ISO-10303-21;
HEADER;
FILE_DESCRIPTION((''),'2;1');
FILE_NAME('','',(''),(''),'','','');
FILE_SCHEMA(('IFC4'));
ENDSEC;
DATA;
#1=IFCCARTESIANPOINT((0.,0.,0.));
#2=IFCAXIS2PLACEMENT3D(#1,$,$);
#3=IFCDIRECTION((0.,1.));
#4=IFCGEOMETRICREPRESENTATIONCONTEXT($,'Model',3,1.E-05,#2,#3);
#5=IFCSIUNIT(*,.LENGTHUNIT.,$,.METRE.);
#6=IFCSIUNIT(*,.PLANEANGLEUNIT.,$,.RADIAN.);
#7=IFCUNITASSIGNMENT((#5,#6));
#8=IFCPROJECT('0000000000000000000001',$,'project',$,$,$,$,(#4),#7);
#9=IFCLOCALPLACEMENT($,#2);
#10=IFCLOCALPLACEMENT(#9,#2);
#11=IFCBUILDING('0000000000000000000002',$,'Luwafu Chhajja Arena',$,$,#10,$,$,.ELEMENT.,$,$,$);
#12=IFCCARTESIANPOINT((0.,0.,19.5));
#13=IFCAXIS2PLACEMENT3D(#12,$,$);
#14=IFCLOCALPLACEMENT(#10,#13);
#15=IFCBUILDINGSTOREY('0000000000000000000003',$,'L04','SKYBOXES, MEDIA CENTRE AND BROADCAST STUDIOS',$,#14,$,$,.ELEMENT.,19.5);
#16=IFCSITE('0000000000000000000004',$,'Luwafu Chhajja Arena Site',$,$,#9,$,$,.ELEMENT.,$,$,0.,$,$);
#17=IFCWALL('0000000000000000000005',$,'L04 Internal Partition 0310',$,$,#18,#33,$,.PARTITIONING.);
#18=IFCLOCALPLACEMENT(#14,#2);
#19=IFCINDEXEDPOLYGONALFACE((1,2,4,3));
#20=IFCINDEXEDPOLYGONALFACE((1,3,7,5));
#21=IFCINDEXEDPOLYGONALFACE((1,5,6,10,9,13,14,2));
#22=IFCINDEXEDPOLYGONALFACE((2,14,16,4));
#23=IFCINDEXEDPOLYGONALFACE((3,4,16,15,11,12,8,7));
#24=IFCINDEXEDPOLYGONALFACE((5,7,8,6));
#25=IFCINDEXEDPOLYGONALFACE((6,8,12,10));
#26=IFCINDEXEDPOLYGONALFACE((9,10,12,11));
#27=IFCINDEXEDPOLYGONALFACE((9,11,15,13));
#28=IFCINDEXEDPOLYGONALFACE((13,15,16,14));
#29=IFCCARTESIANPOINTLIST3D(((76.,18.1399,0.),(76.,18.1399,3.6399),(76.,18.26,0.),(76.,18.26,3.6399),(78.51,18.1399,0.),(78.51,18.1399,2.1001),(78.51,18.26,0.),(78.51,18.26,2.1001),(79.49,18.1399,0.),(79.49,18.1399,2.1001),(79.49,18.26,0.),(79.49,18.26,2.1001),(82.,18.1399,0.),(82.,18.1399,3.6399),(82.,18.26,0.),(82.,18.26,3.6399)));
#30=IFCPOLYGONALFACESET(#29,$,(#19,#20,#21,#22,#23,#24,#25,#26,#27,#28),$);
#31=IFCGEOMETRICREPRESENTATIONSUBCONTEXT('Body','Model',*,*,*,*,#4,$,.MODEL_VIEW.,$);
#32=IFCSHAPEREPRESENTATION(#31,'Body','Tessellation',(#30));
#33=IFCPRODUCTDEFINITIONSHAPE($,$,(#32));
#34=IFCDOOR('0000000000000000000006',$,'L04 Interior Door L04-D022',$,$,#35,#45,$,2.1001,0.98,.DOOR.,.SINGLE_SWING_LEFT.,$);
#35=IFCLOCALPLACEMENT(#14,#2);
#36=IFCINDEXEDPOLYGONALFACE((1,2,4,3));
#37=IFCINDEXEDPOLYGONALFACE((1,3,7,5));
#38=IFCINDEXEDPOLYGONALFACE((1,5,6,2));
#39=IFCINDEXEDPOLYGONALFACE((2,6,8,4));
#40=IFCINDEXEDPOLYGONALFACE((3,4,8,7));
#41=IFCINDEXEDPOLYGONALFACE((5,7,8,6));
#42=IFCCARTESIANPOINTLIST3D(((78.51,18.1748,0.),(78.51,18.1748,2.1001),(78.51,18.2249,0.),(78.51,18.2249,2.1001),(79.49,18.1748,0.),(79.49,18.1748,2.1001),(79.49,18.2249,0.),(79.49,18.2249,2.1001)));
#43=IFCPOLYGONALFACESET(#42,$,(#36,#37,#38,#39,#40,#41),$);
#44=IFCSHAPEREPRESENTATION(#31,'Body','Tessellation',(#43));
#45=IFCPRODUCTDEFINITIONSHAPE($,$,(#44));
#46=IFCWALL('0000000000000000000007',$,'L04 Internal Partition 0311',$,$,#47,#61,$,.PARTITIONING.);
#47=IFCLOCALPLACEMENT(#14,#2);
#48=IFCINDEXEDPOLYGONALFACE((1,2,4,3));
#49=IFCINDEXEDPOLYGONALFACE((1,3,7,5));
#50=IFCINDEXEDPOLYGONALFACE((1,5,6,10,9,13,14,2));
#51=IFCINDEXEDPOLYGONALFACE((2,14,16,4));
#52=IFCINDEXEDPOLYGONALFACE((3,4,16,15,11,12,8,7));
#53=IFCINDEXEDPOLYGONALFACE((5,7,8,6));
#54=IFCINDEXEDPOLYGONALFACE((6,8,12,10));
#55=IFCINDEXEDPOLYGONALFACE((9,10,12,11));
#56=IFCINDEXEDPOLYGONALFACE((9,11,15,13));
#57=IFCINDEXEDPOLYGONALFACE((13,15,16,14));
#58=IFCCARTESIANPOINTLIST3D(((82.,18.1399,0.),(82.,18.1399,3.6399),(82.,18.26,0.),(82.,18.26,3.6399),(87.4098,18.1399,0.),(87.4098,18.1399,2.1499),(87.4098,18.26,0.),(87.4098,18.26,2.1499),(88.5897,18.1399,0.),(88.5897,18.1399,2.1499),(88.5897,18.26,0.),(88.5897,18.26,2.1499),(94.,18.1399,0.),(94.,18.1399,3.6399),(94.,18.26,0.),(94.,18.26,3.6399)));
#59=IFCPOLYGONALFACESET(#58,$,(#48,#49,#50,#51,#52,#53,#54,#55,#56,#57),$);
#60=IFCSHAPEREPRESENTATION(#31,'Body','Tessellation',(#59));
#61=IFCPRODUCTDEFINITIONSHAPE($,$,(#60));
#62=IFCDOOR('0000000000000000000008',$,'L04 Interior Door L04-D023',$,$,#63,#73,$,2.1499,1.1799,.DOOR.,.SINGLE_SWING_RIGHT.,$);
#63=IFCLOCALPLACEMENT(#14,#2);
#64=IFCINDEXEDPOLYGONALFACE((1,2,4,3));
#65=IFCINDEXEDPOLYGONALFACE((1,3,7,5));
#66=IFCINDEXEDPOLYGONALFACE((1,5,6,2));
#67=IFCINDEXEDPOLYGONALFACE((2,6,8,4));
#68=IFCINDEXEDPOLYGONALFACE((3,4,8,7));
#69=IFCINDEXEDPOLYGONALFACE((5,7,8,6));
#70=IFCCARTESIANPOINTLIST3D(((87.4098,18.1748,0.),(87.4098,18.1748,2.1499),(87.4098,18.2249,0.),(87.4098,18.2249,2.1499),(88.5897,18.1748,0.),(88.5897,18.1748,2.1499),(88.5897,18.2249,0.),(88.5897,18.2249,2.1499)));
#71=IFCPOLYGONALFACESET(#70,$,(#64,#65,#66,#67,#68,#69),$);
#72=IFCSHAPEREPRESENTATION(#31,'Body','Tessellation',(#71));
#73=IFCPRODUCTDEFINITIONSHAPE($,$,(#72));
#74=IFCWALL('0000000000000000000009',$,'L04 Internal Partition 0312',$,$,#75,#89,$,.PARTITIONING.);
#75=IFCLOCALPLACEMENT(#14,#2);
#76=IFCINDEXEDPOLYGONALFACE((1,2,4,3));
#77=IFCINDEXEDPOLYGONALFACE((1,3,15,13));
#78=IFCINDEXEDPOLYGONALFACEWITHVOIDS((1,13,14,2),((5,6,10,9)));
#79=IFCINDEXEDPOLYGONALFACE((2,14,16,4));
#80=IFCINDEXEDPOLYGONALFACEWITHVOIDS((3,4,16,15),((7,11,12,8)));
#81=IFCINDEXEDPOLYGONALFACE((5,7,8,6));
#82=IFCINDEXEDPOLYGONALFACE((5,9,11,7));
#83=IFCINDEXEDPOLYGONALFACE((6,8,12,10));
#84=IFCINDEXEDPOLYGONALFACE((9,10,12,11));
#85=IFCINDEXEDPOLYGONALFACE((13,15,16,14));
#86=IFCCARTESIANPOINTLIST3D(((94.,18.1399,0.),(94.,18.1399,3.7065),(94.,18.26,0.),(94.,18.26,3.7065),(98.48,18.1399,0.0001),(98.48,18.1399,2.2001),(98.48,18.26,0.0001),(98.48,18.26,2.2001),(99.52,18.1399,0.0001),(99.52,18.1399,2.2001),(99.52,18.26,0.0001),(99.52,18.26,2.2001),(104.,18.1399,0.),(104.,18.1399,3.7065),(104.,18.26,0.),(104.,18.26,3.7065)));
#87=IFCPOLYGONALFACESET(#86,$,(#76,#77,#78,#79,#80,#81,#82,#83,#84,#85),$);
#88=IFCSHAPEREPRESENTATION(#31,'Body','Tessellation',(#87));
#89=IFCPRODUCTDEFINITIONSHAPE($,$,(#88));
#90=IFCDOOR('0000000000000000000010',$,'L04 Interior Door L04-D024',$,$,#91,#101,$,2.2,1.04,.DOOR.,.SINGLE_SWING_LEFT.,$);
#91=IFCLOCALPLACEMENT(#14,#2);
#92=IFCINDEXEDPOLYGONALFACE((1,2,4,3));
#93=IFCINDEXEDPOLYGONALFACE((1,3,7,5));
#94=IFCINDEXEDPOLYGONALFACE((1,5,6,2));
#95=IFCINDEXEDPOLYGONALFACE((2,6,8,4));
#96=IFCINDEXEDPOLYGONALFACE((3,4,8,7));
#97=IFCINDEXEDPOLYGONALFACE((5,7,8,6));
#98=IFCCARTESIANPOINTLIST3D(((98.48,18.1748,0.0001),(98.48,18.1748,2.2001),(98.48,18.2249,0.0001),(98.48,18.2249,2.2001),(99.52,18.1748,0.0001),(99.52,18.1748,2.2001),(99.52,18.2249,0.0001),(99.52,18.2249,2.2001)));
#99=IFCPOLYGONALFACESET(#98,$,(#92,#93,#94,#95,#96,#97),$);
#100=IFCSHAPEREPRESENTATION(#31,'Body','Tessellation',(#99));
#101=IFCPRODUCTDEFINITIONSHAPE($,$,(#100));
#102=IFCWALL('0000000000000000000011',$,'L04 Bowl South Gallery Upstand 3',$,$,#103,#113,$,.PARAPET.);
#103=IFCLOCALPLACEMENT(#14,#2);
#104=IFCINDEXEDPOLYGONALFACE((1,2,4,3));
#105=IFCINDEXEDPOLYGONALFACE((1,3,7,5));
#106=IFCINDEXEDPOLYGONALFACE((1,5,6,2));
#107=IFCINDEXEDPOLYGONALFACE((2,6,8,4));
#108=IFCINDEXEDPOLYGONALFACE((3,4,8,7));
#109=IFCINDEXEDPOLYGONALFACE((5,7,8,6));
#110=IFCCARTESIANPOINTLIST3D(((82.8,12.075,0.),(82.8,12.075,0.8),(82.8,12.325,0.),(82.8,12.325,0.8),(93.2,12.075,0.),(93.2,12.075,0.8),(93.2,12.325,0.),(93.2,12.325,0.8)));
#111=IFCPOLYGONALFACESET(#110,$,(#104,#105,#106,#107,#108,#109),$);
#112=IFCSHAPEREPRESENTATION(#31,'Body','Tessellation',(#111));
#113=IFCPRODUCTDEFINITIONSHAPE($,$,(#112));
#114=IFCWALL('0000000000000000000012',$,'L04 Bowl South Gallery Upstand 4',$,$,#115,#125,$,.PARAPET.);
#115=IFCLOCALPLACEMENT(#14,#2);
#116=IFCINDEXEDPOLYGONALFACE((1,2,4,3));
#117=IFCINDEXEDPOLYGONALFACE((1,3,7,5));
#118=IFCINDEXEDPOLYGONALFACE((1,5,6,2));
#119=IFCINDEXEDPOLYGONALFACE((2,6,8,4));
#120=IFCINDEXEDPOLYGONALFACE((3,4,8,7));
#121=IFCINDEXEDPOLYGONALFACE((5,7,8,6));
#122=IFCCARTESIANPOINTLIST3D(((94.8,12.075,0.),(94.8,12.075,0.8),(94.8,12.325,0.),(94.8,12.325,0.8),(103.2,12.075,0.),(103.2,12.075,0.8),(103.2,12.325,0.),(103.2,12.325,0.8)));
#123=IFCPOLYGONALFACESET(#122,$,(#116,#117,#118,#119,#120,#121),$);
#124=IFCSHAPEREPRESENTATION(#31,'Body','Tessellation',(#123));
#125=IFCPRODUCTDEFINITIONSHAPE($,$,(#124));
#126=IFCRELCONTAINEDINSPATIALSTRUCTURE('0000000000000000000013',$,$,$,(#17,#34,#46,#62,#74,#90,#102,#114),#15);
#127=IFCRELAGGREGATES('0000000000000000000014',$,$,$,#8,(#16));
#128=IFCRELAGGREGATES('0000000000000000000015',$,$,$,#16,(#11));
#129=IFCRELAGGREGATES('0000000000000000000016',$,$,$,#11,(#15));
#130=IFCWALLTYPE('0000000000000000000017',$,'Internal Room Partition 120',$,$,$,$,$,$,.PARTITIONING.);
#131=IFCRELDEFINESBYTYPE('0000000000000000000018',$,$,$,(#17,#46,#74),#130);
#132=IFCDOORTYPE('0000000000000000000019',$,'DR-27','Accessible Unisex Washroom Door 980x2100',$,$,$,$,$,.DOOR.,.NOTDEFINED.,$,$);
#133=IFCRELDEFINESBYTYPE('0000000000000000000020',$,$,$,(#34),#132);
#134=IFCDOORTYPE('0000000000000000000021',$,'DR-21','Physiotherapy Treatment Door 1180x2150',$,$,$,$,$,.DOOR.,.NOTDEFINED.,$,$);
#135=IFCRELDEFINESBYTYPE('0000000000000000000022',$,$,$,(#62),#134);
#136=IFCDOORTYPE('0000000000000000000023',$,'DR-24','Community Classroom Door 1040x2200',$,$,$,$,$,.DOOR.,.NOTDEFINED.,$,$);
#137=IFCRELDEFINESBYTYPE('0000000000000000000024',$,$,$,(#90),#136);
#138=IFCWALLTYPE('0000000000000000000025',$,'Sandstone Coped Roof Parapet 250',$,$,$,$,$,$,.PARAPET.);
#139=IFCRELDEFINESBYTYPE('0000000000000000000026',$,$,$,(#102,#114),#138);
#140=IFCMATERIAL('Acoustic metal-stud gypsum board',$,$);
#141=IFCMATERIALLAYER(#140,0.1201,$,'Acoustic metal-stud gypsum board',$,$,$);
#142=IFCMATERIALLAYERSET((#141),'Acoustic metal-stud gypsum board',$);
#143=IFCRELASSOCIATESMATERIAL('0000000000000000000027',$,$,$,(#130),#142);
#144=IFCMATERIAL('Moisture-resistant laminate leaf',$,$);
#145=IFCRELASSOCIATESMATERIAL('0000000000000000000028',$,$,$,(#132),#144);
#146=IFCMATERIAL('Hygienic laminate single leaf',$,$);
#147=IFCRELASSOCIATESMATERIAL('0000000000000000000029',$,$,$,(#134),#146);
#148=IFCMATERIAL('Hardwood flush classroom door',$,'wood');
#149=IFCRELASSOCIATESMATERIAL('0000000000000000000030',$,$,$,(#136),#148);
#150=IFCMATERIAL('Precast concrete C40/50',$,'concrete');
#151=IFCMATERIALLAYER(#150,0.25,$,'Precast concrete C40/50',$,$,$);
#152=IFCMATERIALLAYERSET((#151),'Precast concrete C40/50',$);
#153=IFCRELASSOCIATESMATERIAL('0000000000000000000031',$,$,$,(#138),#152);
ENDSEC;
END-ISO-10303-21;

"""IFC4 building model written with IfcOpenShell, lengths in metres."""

from ifc_helpers import new_model, si_unit, direction, frame, frame_2d, origin, place, context, subcontext, project, spatial, rectangle, extrude, material, layer, layer_set, type_object, element, fill, save


model = new_model("IFC4")

# Units and contexts
model_context = context("Model", 3, precision=1e-05, world=origin(), true_north=direction((0.0, 1.0)))
body_context = subcontext(model_context, "Body", "Model", "MODEL_VIEW")
ifc_project = project(units=[si_unit("LENGTHUNIT", "METRE"), si_unit("PLANEANGLEUNIT", "RADIAN")], contexts=[model_context])

# Site, building, storey
site_placement = place(None, origin())
site = spatial("IfcSite", under=ifc_project, at=site_placement, Name="Luwafu Chhajja Arena Site", CompositionType="ELEMENT", RefElevation=0.0)
building_placement = place(site_placement, origin())
building = spatial("IfcBuilding", under=site, at=building_placement, Name="Luwafu Chhajja Arena", CompositionType="ELEMENT")
storey_placement = place(building_placement, frame((0.0, 0.0, 19.5)))
storey = spatial("IfcBuildingStorey", under=building, at=storey_placement, Name="L04", Description="SKYBOXES, MEDIA CENTRE AND BROADCAST STUDIOS", CompositionType="ELEMENT", Elevation=19.5)

# Walls, openings, doors
ifc_material_1 = material(Name="Acoustic metal-stud gypsum board")
ifc_layer_1 = layer(ifc_material_1, 0.1201, Name="Acoustic metal-stud gypsum board")
ifc_layer_set_1 = layer_set([ifc_layer_1], Name="Acoustic metal-stud gypsum board")
wall_type_1 = type_object("IfcWallType", Name="Internal Room Partition 120", PredefinedType="PARTITIONING", material=ifc_layer_set_1)
wall_1_placement = place(storey_placement, frame((76.0, 18.2, 0.0), z_axis=(0.0, 0.0, 1.0), x_axis=(1.0, 0.0, 0.0)))
wall_1 = element("IfcWall", 1, at=wall_1_placement, inside=storey, type_object=wall_type_1, Name="L04 Internal Partition 0310", PredefinedType="PARTITIONING", context=body_context, shape_type="SweptSolid", body=[
    extrude(rectangle(XDim=6.0, YDim=0.1201, at=frame_2d((3.0, 0.0))), origin(), (0.0, 0.0, 1.0), 3.6399),
])
opening_1_placement = place(wall_1_placement, frame((2.51, 0.0, 0.0)))
opening_1 = element("IfcOpeningElement", 2, at=opening_1_placement, cuts=wall_1, PredefinedType="OPENING", context=body_context, shape_type="SweptSolid", body=[
    extrude(rectangle(XDim=0.98, YDim=2.1001, at=frame_2d((0.49, 1.05))), frame((0.0, 0.0701, 0.0), z_axis=(0.0, -1.0, 0.0), x_axis=(1.0, 0.0, 0.0)), (0.0, 0.0, 1.0), 0.1401),
])
ifc_material_2 = material(Name="Moisture-resistant laminate leaf")
door_type_1 = type_object("IfcDoorType", Name="DR-27", Description="Accessible Unisex Washroom Door 980x2100", OperationType="NOTDEFINED", PredefinedType="DOOR", material=ifc_material_2)
door_1_placement = place(opening_1_placement, origin())
door_1 = element("IfcDoor", 3, at=door_1_placement, inside=storey, type_object=door_type_1, Name="L04 Interior Door L04-D022", OperationType="SINGLE_SWING_LEFT", OverallHeight=2.1001, OverallWidth=0.98, PredefinedType="DOOR", context=body_context, shape_type="SweptSolid", body=[
    extrude(rectangle(XDim=0.98, YDim=2.1001, at=frame_2d((0.49, 1.05))), frame((0.0, 0.0249, 0.0), z_axis=(0.0, -1.0, 0.0), x_axis=(1.0, 0.0, 0.0)), (0.0, 0.0, 1.0), 0.05),
])
fill(opening_1, door_1)
wall_2_placement = place(storey_placement, frame((82.0, 18.2, 0.0), z_axis=(0.0, 0.0, 1.0), x_axis=(1.0, 0.0, 0.0)))
wall_2 = element("IfcWall", 4, at=wall_2_placement, inside=storey, type_object=wall_type_1, Name="L04 Internal Partition 0311", PredefinedType="PARTITIONING", context=body_context, shape_type="SweptSolid", body=[
    extrude(rectangle(XDim=12.0, YDim=0.1201, at=frame_2d((6.0, 0.0))), origin(), (0.0, 0.0, 1.0), 3.6399),
])
opening_2_placement = place(wall_2_placement, frame((5.4099, 0.0, 0.0)))
opening_2 = element("IfcOpeningElement", 5, at=opening_2_placement, cuts=wall_2, PredefinedType="OPENING", context=body_context, shape_type="SweptSolid", body=[
    extrude(rectangle(XDim=1.1799, YDim=2.1499, at=frame_2d((0.5898, 1.075))), frame((0.0, 0.0701, 0.0), z_axis=(0.0, -1.0, 0.0), x_axis=(1.0, 0.0, 0.0)), (0.0, 0.0, 1.0), 0.1401),
])
ifc_material_3 = material(Name="Hygienic laminate single leaf")
door_type_2 = type_object("IfcDoorType", Name="DR-21", Description="Physiotherapy Treatment Door 1180x2150", OperationType="NOTDEFINED", PredefinedType="DOOR", material=ifc_material_3)
door_2_placement = place(opening_2_placement, origin())
door_2 = element("IfcDoor", 6, at=door_2_placement, inside=storey, type_object=door_type_2, Name="L04 Interior Door L04-D023", OperationType="SINGLE_SWING_RIGHT", OverallHeight=2.1499, OverallWidth=1.1799, PredefinedType="DOOR", context=body_context, shape_type="SweptSolid", body=[
    extrude(rectangle(XDim=1.1799, YDim=2.1499, at=frame_2d((0.5898, 1.075))), frame((0.0, 0.0249, 0.0), z_axis=(0.0, -1.0, 0.0), x_axis=(1.0, 0.0, 0.0)), (0.0, 0.0, 1.0), 0.05),
])
fill(opening_2, door_2)
wall_3_placement = place(storey_placement, frame((94.0, 18.2, 0.0), z_axis=(0.0, 0.0, 1.0), x_axis=(1.0, 0.0, 0.0)))
wall_3 = element("IfcWall", 7, at=wall_3_placement, inside=storey, type_object=wall_type_1, Name="L04 Internal Partition 0312", PredefinedType="PARTITIONING", context=body_context, shape_type="SweptSolid", body=[
    extrude(rectangle(XDim=10.0, YDim=0.1201, at=frame_2d((5.0, 0.0))), origin(), (0.0, 0.0, 1.0), 3.7065),
])
opening_3_placement = place(wall_3_placement, frame((4.48, 0.0, 0.0)))
opening_3 = element("IfcOpeningElement", 8, at=opening_3_placement, cuts=wall_3, PredefinedType="OPENING", context=body_context, shape_type="SweptSolid", body=[
    extrude(rectangle(XDim=1.04, YDim=2.2, at=frame_2d((0.52, 1.1001))), frame((0.0, 0.0701, 0.0), z_axis=(0.0, -1.0, 0.0), x_axis=(1.0, 0.0, 0.0)), (0.0, 0.0, 1.0), 0.1401),
])
ifc_material_4 = material(Name="Hardwood flush classroom door", Category="wood")
door_type_3 = type_object("IfcDoorType", Name="DR-24", Description="Community Classroom Door 1040x2200", OperationType="NOTDEFINED", PredefinedType="DOOR", material=ifc_material_4)
door_3_placement = place(opening_3_placement, origin())
door_3 = element("IfcDoor", 9, at=door_3_placement, inside=storey, type_object=door_type_3, Name="L04 Interior Door L04-D024", OperationType="SINGLE_SWING_LEFT", OverallHeight=2.2, OverallWidth=1.04, PredefinedType="DOOR", context=body_context, shape_type="SweptSolid", body=[
    extrude(rectangle(XDim=1.04, YDim=2.2, at=frame_2d((0.52, 1.1001))), frame((0.0, 0.0249, 0.0), z_axis=(0.0, -1.0, 0.0), x_axis=(1.0, 0.0, 0.0)), (0.0, 0.0, 1.0), 0.05),
])
fill(opening_3, door_3)

# Walls
ifc_material_5 = material(Name="Precast concrete C40/50", Category="concrete")
ifc_layer_2 = layer(ifc_material_5, 0.25, Name="Precast concrete C40/50")
ifc_layer_set_2 = layer_set([ifc_layer_2], Name="Precast concrete C40/50")
wall_type_2 = type_object("IfcWallType", Name="Sandstone Coped Roof Parapet 250", PredefinedType="PARAPET", material=ifc_layer_set_2)
wall_4_placement = place(storey_placement, frame((82.8, 12.2, 0.0), z_axis=(0.0, 0.0, 1.0), x_axis=(1.0, 0.0, 0.0)))
element("IfcWall", 10, at=wall_4_placement, inside=storey, type_object=wall_type_2, Name="L04 Bowl South Gallery Upstand 3", PredefinedType="PARAPET", context=body_context, shape_type="SweptSolid", body=[
    extrude(rectangle(XDim=10.3999, YDim=0.25, at=frame_2d((5.2, 0.0))), origin(), (0.0, 0.0, 1.0), 0.8),
])
wall_5_placement = place(storey_placement, frame((94.8, 12.2, 0.0), z_axis=(0.0, 0.0, 1.0), x_axis=(1.0, 0.0, 0.0)))
element("IfcWall", 11, at=wall_5_placement, inside=storey, type_object=wall_type_2, Name="L04 Bowl South Gallery Upstand 4", PredefinedType="PARAPET", context=body_context, shape_type="SweptSolid", body=[
    extrude(rectangle(XDim=8.3999, YDim=0.25, at=frame_2d((4.2, 0.0))), origin(), (0.0, 0.0, 1.0), 0.8),
])

save(model, "model.ifc")
